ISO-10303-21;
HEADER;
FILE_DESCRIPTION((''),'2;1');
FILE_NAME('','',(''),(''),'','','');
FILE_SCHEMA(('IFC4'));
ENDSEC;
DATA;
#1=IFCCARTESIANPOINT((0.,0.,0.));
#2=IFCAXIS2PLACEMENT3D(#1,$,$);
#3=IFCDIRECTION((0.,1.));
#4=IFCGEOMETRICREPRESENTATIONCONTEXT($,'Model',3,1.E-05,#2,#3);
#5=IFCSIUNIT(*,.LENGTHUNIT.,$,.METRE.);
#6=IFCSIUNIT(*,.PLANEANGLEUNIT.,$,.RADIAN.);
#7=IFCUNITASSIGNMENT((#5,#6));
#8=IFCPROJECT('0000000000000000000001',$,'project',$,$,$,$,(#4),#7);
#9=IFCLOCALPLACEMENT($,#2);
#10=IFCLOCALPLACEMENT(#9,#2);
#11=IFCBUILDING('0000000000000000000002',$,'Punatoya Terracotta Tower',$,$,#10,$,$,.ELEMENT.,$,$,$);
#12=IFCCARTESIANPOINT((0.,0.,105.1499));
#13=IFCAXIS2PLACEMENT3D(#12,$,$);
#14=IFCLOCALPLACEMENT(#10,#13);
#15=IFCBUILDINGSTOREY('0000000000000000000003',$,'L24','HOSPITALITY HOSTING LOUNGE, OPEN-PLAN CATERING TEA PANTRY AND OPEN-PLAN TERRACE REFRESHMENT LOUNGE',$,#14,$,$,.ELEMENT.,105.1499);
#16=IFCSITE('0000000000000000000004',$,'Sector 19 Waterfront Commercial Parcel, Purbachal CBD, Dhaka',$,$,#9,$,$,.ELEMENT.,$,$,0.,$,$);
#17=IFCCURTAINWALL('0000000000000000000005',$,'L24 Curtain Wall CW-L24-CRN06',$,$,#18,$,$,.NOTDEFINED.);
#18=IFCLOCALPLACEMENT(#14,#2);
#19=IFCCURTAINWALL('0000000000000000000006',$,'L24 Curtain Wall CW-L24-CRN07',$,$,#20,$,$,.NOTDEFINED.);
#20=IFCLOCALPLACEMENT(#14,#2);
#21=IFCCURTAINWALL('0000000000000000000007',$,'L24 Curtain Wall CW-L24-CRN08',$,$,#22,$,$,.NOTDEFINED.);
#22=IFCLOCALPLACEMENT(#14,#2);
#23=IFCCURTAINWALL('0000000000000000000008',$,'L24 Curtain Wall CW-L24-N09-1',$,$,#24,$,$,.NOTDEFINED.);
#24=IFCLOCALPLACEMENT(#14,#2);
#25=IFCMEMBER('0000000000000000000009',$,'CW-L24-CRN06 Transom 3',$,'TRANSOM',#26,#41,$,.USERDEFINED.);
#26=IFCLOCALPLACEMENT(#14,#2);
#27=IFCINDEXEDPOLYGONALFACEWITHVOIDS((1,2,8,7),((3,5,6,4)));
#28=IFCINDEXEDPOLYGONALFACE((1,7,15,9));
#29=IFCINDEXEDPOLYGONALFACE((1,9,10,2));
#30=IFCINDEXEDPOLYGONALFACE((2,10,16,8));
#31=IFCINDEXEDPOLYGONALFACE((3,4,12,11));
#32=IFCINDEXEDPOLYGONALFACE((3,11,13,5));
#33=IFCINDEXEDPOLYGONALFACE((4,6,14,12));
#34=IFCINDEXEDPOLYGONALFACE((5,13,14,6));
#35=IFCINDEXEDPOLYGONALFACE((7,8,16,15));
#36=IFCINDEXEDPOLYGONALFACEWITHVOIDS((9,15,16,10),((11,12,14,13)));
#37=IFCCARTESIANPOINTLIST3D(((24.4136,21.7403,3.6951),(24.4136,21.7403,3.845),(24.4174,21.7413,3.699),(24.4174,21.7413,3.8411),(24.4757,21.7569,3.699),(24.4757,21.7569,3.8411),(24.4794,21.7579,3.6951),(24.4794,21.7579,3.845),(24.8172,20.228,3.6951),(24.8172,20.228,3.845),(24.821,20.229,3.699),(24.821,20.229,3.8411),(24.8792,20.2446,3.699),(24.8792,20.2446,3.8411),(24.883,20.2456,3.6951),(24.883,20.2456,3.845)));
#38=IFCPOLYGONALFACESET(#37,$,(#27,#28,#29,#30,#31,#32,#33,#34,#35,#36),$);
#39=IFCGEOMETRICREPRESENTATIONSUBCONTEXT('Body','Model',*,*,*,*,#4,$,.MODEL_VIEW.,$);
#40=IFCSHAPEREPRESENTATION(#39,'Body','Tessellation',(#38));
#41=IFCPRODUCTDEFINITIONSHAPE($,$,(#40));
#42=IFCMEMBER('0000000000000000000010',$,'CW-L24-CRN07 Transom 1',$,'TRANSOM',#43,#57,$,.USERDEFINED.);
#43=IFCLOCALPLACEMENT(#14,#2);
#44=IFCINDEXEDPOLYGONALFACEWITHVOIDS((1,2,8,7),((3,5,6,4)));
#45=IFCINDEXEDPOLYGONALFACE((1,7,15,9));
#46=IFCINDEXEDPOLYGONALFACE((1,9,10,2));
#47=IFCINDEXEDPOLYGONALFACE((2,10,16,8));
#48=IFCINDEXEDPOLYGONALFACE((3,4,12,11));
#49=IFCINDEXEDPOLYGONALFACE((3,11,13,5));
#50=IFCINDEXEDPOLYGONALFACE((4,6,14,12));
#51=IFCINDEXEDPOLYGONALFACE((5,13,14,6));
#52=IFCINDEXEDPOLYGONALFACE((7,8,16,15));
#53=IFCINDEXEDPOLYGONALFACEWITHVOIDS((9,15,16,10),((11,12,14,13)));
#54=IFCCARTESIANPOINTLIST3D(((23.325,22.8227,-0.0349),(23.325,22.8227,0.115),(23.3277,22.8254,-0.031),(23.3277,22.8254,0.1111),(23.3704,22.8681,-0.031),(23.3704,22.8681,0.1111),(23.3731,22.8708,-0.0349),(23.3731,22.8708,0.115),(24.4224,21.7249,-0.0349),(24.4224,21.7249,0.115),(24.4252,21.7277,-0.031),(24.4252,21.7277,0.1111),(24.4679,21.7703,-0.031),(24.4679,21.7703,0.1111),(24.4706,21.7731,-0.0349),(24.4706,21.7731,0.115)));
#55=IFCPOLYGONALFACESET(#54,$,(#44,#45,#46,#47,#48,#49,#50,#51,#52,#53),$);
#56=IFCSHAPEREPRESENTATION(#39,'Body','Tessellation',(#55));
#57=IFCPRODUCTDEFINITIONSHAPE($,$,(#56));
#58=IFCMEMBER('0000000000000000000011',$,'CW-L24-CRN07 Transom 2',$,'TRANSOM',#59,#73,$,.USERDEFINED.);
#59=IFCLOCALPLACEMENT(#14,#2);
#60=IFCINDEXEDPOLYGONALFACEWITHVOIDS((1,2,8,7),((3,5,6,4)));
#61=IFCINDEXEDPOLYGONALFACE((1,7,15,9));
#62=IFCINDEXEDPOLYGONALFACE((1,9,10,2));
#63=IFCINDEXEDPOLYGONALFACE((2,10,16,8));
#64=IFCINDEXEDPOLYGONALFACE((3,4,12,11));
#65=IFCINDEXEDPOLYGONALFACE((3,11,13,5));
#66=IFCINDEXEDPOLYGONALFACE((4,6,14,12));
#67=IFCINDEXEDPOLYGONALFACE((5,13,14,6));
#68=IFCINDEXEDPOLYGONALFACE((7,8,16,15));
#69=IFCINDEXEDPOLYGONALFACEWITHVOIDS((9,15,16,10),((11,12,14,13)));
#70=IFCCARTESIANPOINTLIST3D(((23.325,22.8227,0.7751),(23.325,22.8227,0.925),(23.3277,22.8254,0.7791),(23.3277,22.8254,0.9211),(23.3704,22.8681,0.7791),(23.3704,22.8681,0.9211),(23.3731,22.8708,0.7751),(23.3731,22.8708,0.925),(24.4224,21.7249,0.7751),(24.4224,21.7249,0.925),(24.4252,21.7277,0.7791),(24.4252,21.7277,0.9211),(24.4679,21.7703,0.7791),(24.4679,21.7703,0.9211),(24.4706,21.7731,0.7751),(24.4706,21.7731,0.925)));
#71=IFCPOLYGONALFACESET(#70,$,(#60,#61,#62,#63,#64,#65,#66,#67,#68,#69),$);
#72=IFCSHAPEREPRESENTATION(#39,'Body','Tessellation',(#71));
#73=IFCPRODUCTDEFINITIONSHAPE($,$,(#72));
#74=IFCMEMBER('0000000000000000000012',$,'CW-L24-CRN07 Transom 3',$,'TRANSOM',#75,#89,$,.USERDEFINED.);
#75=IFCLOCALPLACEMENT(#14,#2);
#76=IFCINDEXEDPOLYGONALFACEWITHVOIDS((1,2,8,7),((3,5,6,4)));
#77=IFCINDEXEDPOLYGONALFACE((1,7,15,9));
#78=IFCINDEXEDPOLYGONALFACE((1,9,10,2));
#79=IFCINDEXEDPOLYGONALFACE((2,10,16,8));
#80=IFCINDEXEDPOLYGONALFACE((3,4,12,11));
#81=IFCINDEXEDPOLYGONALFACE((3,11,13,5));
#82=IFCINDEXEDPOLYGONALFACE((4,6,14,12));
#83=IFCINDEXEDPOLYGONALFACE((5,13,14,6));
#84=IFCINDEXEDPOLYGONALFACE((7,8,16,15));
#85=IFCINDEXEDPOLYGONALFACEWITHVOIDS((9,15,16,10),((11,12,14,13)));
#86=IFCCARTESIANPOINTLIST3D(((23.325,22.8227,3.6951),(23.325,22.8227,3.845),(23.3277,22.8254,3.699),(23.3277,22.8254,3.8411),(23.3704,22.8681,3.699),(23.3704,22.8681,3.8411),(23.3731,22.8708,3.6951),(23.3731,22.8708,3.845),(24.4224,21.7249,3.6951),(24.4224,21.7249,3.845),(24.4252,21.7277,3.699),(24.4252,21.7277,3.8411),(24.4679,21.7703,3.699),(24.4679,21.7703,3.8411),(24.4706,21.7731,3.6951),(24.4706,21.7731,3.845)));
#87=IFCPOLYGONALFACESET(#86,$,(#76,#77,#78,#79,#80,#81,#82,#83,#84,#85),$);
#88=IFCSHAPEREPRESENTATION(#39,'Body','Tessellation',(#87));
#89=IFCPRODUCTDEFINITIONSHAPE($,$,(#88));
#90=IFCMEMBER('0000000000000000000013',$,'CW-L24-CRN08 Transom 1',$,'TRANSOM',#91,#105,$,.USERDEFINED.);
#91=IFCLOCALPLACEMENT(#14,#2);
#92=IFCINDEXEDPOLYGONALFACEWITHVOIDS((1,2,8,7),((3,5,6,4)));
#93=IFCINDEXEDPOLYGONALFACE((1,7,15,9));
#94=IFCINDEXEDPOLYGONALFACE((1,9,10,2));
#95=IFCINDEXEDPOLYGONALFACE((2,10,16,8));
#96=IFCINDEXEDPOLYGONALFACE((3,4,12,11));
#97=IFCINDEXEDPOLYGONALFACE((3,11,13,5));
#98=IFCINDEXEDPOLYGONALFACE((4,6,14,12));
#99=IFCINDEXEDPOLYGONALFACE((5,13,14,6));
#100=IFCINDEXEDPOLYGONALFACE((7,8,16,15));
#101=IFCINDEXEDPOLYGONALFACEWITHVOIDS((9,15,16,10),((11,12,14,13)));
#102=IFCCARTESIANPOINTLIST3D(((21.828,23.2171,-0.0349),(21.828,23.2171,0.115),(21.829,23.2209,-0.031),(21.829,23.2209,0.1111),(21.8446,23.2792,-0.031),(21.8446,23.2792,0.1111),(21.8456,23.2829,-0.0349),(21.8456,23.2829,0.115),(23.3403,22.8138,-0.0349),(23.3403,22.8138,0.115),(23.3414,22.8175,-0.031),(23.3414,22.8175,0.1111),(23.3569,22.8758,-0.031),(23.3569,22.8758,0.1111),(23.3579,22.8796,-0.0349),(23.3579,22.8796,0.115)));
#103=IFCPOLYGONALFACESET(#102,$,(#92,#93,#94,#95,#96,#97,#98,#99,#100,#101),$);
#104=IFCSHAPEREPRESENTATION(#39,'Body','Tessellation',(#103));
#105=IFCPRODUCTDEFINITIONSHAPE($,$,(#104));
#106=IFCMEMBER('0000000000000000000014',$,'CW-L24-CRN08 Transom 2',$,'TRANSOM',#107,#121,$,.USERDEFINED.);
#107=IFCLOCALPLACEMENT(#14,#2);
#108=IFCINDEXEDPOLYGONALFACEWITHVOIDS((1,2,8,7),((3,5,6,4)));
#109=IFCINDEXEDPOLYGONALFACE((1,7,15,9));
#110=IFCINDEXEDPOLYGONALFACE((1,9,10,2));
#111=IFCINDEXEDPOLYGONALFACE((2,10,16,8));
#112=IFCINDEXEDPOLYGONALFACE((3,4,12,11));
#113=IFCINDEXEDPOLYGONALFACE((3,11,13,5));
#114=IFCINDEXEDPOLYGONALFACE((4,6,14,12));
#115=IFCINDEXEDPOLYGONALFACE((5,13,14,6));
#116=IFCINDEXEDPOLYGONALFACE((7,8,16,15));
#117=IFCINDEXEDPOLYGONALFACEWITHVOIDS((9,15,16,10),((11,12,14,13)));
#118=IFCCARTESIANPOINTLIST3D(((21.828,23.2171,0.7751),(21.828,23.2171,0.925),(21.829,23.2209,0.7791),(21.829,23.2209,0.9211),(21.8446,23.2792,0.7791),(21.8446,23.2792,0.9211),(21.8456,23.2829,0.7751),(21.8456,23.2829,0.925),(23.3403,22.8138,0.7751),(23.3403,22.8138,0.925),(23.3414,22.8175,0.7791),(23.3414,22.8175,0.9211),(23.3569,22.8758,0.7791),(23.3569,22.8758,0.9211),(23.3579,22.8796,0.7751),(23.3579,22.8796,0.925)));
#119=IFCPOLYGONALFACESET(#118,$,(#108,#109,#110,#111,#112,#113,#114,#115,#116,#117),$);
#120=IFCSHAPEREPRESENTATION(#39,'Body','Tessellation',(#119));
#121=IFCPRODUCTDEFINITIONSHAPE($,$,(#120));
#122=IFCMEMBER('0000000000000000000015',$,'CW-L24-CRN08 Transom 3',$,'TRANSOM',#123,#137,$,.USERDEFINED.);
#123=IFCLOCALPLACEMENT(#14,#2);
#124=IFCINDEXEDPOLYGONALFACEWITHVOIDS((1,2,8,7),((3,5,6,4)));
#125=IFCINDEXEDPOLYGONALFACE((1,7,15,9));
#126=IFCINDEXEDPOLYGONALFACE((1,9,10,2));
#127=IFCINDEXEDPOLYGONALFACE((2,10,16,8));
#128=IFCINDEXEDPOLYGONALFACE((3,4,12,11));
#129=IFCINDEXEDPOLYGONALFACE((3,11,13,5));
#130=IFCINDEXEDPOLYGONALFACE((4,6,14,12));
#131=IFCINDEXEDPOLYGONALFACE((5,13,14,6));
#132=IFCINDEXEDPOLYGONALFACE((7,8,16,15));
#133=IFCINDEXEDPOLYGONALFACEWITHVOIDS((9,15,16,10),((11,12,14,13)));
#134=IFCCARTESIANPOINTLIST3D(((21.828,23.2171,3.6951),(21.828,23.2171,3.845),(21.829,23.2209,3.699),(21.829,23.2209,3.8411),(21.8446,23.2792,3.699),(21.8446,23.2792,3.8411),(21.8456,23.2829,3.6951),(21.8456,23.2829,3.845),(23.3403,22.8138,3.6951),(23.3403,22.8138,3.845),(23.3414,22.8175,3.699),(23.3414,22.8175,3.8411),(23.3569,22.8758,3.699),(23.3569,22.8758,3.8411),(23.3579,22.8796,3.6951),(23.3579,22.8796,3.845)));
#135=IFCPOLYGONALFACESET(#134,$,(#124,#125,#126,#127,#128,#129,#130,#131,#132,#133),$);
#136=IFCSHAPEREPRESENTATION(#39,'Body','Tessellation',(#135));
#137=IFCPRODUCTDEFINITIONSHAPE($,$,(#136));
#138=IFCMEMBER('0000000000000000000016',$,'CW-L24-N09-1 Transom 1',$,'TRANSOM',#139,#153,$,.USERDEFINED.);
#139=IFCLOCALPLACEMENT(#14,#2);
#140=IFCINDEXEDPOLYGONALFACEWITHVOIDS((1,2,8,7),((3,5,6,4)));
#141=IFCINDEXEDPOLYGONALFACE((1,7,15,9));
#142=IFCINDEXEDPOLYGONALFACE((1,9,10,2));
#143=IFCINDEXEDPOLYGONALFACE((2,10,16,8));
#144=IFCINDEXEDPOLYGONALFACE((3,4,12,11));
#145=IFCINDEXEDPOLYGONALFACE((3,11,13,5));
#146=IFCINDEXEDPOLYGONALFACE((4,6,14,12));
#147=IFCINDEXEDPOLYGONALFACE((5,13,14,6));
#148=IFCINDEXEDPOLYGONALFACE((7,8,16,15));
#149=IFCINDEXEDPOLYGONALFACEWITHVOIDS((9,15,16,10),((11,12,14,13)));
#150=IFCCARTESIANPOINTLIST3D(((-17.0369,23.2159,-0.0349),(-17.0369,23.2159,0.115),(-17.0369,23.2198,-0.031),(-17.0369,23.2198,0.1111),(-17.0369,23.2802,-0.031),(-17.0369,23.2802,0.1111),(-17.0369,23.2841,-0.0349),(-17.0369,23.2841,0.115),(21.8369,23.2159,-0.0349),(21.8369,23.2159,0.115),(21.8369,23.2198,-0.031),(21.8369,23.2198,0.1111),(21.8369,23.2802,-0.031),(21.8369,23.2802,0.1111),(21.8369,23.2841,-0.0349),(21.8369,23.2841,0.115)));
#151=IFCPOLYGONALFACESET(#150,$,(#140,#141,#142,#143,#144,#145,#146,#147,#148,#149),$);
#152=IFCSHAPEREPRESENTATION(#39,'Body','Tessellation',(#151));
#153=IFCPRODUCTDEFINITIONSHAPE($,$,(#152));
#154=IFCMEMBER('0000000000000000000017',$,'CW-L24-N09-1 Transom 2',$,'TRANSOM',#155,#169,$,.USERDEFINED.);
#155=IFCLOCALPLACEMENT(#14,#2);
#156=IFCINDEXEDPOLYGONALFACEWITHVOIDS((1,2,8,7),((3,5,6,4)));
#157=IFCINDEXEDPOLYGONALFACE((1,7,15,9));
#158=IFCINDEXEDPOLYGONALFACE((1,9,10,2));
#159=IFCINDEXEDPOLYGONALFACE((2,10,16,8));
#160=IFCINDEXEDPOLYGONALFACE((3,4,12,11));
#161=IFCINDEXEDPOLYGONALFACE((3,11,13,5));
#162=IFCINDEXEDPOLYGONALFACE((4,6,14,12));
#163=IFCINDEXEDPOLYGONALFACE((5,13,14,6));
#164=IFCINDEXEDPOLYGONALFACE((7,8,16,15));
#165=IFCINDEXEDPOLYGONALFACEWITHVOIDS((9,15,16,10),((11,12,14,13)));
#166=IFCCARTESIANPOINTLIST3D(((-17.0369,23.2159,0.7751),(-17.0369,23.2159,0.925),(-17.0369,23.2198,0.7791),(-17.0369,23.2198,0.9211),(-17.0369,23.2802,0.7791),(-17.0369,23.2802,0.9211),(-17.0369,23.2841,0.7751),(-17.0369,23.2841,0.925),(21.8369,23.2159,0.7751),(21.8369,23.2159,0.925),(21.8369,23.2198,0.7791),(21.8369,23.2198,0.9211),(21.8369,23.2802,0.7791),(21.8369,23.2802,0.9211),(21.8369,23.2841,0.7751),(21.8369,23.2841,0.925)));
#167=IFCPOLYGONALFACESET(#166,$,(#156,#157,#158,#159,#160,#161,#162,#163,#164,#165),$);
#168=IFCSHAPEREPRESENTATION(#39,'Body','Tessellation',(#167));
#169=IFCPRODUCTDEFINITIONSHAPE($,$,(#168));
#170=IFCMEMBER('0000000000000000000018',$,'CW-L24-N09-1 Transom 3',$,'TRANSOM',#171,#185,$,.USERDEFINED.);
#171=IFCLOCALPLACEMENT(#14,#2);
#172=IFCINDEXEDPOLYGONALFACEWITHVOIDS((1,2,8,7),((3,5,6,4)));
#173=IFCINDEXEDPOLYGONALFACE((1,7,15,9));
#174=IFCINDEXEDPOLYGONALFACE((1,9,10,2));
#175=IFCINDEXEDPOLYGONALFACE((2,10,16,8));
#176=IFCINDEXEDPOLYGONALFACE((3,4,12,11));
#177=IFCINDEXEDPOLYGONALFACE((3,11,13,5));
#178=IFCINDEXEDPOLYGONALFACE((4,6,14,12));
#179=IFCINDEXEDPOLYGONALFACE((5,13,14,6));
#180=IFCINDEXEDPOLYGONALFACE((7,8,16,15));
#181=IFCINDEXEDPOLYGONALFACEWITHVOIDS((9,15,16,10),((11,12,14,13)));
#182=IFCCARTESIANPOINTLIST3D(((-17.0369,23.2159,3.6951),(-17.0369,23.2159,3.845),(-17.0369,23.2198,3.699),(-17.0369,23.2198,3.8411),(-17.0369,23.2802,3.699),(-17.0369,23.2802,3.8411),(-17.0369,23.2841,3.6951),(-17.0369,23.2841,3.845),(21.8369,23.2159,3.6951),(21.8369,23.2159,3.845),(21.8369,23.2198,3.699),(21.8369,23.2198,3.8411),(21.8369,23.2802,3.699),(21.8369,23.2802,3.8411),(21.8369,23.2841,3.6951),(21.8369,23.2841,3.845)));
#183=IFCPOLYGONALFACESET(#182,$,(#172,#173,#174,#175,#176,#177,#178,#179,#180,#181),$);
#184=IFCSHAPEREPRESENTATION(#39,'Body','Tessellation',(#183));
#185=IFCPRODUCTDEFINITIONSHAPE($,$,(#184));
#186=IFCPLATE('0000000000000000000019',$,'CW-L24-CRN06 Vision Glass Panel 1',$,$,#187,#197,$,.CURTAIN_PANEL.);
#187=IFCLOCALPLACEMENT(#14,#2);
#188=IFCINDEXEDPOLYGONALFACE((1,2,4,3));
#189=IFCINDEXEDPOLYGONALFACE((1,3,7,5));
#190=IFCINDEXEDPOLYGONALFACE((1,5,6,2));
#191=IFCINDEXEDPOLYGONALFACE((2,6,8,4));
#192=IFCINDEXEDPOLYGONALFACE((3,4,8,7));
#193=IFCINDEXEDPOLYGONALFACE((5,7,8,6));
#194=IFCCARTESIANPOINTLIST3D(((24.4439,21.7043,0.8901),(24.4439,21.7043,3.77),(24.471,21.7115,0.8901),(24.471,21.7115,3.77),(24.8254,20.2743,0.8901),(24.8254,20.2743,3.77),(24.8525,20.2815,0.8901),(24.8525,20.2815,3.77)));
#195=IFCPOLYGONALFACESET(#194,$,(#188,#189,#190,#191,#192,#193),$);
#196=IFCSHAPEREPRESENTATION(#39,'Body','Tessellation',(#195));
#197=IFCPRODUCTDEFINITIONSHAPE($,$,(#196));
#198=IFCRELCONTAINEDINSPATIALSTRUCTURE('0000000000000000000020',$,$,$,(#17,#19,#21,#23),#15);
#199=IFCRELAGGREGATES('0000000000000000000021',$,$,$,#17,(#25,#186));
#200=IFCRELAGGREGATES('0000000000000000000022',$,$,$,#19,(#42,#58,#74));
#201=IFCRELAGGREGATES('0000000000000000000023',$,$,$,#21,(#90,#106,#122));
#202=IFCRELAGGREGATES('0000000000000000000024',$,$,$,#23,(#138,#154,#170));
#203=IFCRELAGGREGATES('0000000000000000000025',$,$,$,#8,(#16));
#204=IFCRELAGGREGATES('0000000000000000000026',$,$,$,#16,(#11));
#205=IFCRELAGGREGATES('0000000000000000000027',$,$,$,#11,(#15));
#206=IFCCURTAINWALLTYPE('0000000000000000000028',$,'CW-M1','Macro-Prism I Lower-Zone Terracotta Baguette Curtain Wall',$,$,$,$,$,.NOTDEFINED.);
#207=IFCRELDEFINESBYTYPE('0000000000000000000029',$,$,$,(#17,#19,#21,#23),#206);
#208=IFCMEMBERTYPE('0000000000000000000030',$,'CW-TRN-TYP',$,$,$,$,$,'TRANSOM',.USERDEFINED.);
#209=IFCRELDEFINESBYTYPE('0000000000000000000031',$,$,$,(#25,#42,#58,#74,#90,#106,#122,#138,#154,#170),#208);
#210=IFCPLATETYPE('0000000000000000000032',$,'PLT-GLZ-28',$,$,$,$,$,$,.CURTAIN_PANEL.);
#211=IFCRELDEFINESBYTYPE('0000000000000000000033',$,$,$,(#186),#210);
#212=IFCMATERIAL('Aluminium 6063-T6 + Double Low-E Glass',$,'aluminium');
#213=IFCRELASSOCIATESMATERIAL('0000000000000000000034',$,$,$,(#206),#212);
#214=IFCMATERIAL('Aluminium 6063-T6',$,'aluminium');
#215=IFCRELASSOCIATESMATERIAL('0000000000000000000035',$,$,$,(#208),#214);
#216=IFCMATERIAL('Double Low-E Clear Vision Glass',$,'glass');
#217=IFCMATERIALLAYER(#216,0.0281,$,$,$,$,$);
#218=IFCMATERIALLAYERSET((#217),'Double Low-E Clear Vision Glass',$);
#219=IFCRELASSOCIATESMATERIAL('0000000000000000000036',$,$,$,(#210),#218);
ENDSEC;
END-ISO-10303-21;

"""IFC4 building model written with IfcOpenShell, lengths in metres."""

from ifc_helpers import new_model, si_unit, direction, frame, origin, origin_2d, place, context, subcontext, project, spatial, rectangle, hollow_rectangle, extrude, material, layer, layer_set, material_profile, profile_set, type_object, element, aggregate, save


model = new_model("IFC4")

# Units and contexts
model_context = context("Model", 3, precision=1e-05, world=origin(), true_north=direction((0.0, 1.0)))
body_context = subcontext(model_context, "Body", "Model", "MODEL_VIEW")
ifc_project = project(units=[si_unit("LENGTHUNIT", "METRE"), si_unit("PLANEANGLEUNIT", "RADIAN")], contexts=[model_context])

# Site, building, storey
site_placement = place(None, origin())
site = spatial("IfcSite", under=ifc_project, at=site_placement, Name="Sector 19 Waterfront Commercial Parcel, Purbachal CBD, Dhaka", CompositionType="ELEMENT", RefElevation=0.0)
building_placement = place(site_placement, origin())
building = spatial("IfcBuilding", under=site, at=building_placement, Name="Punatoya Terracotta Tower", CompositionType="ELEMENT")
storey_placement = place(building_placement, frame((0.0, 0.0, 105.1499)))
storey = spatial("IfcBuildingStorey", under=building, at=storey_placement, Name="L24", Description="HOSPITALITY HOSTING LOUNGE, OPEN-PLAN CATERING TEA PANTRY AND OPEN-PLAN TERRACE REFRESHMENT LOUNGE", CompositionType="ELEMENT", Elevation=105.1499)

# Curtain walls
ifc_material_1 = material(Name="Aluminium 6063-T6 + Double Low-E Glass", Category="aluminium")
curtain_wall_type = type_object("IfcCurtainWallType", Name="CW-M1", Description="Macro-Prism I Lower-Zone Terracotta Baguette Curtain Wall", PredefinedType="NOTDEFINED", material=ifc_material_1)
curtain_wall_1_placement = place(storey_placement, origin())
curtain_wall_1 = element("IfcCurtainWall", 1, at=curtain_wall_1_placement, inside=storey, type_object=curtain_wall_type, Name="L24 Curtain Wall CW-L24-CRN06", PredefinedType="NOTDEFINED")
ifc_material_2 = material(Name="Aluminium 6063-T6", Category="aluminium")
curtain_wall_2_placement = place(storey_placement, origin())
curtain_wall_2 = element("IfcCurtainWall", 2, at=curtain_wall_2_placement, inside=storey, type_object=curtain_wall_type, Name="L24 Curtain Wall CW-L24-CRN07", PredefinedType="NOTDEFINED")
curtain_wall_3_placement = place(storey_placement, origin())
curtain_wall_3 = element("IfcCurtainWall", 3, at=curtain_wall_3_placement, inside=storey, type_object=curtain_wall_type, Name="L24 Curtain Wall CW-L24-CRN08", PredefinedType="NOTDEFINED")

# Curtain wall
curtain_wall_4_placement = place(storey_placement, origin())
curtain_wall_4 = element("IfcCurtainWall", 4, at=curtain_wall_4_placement, inside=storey, type_object=curtain_wall_type, Name="L24 Curtain Wall CW-L24-N09-1", PredefinedType="NOTDEFINED")

# Members
ifc_material_profile_1 = material_profile(ifc_material_2, hollow_rectangle(XDim=0.0681, YDim=0.1499, WallThickness=0.0039, at=origin_2d()))
ifc_profile_set_1 = profile_set([ifc_material_profile_1], Name="Aluminium 6063-T6")
member_type_1 = type_object("IfcMemberType", Name="CW-TRN-TYP", ElementType="TRANSOM", PredefinedType="USERDEFINED", material=ifc_profile_set_1)
member_1_placement = place(storey_placement, frame((24.8501, 20.2368, 3.77), z_axis=(-0.257847, 0.966186, 0.0), x_axis=(-0.966186, -0.257847, 0.0)))
member_1 = element("IfcMember", 5, at=member_1_placement, type_object=member_type_1, Name="CW-L24-CRN06 Transom 3", ObjectType="TRANSOM", PredefinedType="USERDEFINED", context=body_context, shape_type="SweptSolid", body=[
    extrude(hollow_rectangle(XDim=0.0681, YDim=0.1499, WallThickness=0.0039, at=origin_2d()), origin(), (0.0, 0.0, 1.0), 1.5652),
])
member_2_placement = place(storey_placement, frame((24.4465, 21.749, 0.04), z_axis=(-0.707028, 0.707185, 0.0), x_axis=(-0.707185, -0.707028, 0.0)))
member_2 = element("IfcMember", 6, at=member_2_placement, type_object=member_type_1, Name="CW-L24-CRN07 Transom 1", ObjectType="TRANSOM", PredefinedType="USERDEFINED", context=body_context, shape_type="SweptSolid", body=[
    extrude(hollow_rectangle(XDim=0.0681, YDim=0.1499, WallThickness=0.0039, at=origin_2d()), origin(), (0.0, 0.0, 1.0), 1.5522),
])
member_3_placement = place(storey_placement, frame((24.4465, 21.749, 0.8501), z_axis=(-0.707028, 0.707185, 0.0), x_axis=(-0.707185, -0.707028, 0.0)))
member_3 = element("IfcMember", 7, at=member_3_placement, type_object=member_type_1, Name="CW-L24-CRN07 Transom 2", ObjectType="TRANSOM", PredefinedType="USERDEFINED", context=body_context, shape_type="SweptSolid", body=[
    extrude(hollow_rectangle(XDim=0.0681, YDim=0.1499, WallThickness=0.0039, at=origin_2d()), origin(), (0.0, 0.0, 1.0), 1.5522),
])
member_4_placement = place(storey_placement, frame((24.4465, 21.749, 3.77), z_axis=(-0.707028, 0.707185, 0.0), x_axis=(-0.707185, -0.707028, 0.0)))
member_4 = element("IfcMember", 8, at=member_4_placement, type_object=member_type_1, Name="CW-L24-CRN07 Transom 3", ObjectType="TRANSOM", PredefinedType="USERDEFINED", context=body_context, shape_type="SweptSolid", body=[
    extrude(hollow_rectangle(XDim=0.0681, YDim=0.1499, WallThickness=0.0039, at=origin_2d()), origin(), (0.0, 0.0, 1.0), 1.5522),
])
member_5_placement = place(storey_placement, frame((23.3491, 22.8467, 0.04), z_axis=(-0.966225, 0.257701, 0.0), x_axis=(-0.257701, -0.966225, 0.0)))
member_5 = element("IfcMember", 9, at=member_5_placement, type_object=member_type_1, Name="CW-L24-CRN08 Transom 1", ObjectType="TRANSOM", PredefinedType="USERDEFINED", context=body_context, shape_type="SweptSolid", body=[
    extrude(hollow_rectangle(XDim=0.0681, YDim=0.1499, WallThickness=0.0039, at=origin_2d()), origin(), (0.0, 0.0, 1.0), 1.5652),
])
member_6_placement = place(storey_placement, frame((23.3491, 22.8467, 0.8501), z_axis=(-0.966225, 0.257701, 0.0), x_axis=(-0.257701, -0.966225, 0.0)))
member_6 = element("IfcMember", 10, at=member_6_placement, type_object=member_type_1, Name="CW-L24-CRN08 Transom 2", ObjectType="TRANSOM", PredefinedType="USERDEFINED", context=body_context, shape_type="SweptSolid", body=[
    extrude(hollow_rectangle(XDim=0.0681, YDim=0.1499, WallThickness=0.0039, at=origin_2d()), origin(), (0.0, 0.0, 1.0), 1.5652),
])
member_7_placement = place(storey_placement, frame((23.3491, 22.8467, 3.77), z_axis=(-0.966225, 0.257701, 0.0), x_axis=(-0.257701, -0.966225, 0.0)))
member_7 = element("IfcMember", 11, at=member_7_placement, type_object=member_type_1, Name="CW-L24-CRN08 Transom 3", ObjectType="TRANSOM", PredefinedType="USERDEFINED", context=body_context, shape_type="SweptSolid", body=[
    extrude(hollow_rectangle(XDim=0.0681, YDim=0.1499, WallThickness=0.0039, at=origin_2d()), origin(), (0.0, 0.0, 1.0), 1.5652),
])
member_8_placement = place(storey_placement, frame((21.8369, 23.25, 0.04), z_axis=(-1.0, 0.0, 0.0), x_axis=(0.0, -1.0, 0.0)))
member_8 = element("IfcMember", 12, at=member_8_placement, type_object=member_type_1, Name="CW-L24-N09-1 Transom 1", ObjectType="TRANSOM", PredefinedType="USERDEFINED", context=body_context, shape_type="SweptSolid", body=[
    extrude(hollow_rectangle(XDim=0.0681, YDim=0.1499, WallThickness=0.0039, at=origin_2d()), origin(), (0.0, 0.0, 1.0), 38.8738),
])
member_9_placement = place(storey_placement, frame((21.8369, 23.25, 0.8501), z_axis=(-1.0, 0.0, 0.0), x_axis=(0.0, -1.0, 0.0)))
member_9 = element("IfcMember", 13, at=member_9_placement, type_object=member_type_1, Name="CW-L24-N09-1 Transom 2", ObjectType="TRANSOM", PredefinedType="USERDEFINED", context=body_context, shape_type="SweptSolid", body=[
    extrude(hollow_rectangle(XDim=0.0681, YDim=0.1499, WallThickness=0.0039, at=origin_2d()), origin(), (0.0, 0.0, 1.0), 38.8738),
])
member_10_placement = place(storey_placement, frame((21.8369, 23.25, 3.77), z_axis=(-1.0, 0.0, 0.0), x_axis=(0.0, -1.0, 0.0)))
member_10 = element("IfcMember", 14, at=member_10_placement, type_object=member_type_1, Name="CW-L24-N09-1 Transom 3", ObjectType="TRANSOM", PredefinedType="USERDEFINED", context=body_context, shape_type="SweptSolid", body=[
    extrude(hollow_rectangle(XDim=0.0681, YDim=0.1499, WallThickness=0.0039, at=origin_2d()), origin(), (0.0, 0.0, 1.0), 38.8738),
])

# Plate
ifc_material_3 = material(Name="Double Low-E Clear Vision Glass", Category="glass")
ifc_layer_1 = layer(ifc_material_3, 0.0281)
ifc_layer_set_1 = layer_set([ifc_layer_1], Name="Double Low-E Clear Vision Glass")
plate_type_1 = type_object("IfcPlateType", Name="PLT-GLZ-28", PredefinedType="CURTAIN_PANEL", material=ifc_layer_set_1)
plate_1_placement = place(storey_placement, frame((24.6482, 20.9929, 0.8901), z_axis=(0.0, 0.0, 1.0), x_axis=(-0.257742, 0.966214, 0.0)))
plate_1 = element("IfcPlate", 15, at=plate_1_placement, type_object=plate_type_1, Name="CW-L24-CRN06 Vision Glass Panel 1", PredefinedType="CURTAIN_PANEL", context=body_context, shape_type="SweptSolid", body=[
    extrude(rectangle(XDim=1.48, YDim=0.0281, at=origin_2d()), origin(), (0.0, 0.0, 1.0), 2.8799),
])
aggregate(curtain_wall_1, [member_1, plate_1])
aggregate(curtain_wall_2, [member_2, member_3, member_4])
aggregate(curtain_wall_3, [member_5, member_6, member_7])
aggregate(curtain_wall_4, [member_8, member_9, member_10])

save(model, "model.ifc")
